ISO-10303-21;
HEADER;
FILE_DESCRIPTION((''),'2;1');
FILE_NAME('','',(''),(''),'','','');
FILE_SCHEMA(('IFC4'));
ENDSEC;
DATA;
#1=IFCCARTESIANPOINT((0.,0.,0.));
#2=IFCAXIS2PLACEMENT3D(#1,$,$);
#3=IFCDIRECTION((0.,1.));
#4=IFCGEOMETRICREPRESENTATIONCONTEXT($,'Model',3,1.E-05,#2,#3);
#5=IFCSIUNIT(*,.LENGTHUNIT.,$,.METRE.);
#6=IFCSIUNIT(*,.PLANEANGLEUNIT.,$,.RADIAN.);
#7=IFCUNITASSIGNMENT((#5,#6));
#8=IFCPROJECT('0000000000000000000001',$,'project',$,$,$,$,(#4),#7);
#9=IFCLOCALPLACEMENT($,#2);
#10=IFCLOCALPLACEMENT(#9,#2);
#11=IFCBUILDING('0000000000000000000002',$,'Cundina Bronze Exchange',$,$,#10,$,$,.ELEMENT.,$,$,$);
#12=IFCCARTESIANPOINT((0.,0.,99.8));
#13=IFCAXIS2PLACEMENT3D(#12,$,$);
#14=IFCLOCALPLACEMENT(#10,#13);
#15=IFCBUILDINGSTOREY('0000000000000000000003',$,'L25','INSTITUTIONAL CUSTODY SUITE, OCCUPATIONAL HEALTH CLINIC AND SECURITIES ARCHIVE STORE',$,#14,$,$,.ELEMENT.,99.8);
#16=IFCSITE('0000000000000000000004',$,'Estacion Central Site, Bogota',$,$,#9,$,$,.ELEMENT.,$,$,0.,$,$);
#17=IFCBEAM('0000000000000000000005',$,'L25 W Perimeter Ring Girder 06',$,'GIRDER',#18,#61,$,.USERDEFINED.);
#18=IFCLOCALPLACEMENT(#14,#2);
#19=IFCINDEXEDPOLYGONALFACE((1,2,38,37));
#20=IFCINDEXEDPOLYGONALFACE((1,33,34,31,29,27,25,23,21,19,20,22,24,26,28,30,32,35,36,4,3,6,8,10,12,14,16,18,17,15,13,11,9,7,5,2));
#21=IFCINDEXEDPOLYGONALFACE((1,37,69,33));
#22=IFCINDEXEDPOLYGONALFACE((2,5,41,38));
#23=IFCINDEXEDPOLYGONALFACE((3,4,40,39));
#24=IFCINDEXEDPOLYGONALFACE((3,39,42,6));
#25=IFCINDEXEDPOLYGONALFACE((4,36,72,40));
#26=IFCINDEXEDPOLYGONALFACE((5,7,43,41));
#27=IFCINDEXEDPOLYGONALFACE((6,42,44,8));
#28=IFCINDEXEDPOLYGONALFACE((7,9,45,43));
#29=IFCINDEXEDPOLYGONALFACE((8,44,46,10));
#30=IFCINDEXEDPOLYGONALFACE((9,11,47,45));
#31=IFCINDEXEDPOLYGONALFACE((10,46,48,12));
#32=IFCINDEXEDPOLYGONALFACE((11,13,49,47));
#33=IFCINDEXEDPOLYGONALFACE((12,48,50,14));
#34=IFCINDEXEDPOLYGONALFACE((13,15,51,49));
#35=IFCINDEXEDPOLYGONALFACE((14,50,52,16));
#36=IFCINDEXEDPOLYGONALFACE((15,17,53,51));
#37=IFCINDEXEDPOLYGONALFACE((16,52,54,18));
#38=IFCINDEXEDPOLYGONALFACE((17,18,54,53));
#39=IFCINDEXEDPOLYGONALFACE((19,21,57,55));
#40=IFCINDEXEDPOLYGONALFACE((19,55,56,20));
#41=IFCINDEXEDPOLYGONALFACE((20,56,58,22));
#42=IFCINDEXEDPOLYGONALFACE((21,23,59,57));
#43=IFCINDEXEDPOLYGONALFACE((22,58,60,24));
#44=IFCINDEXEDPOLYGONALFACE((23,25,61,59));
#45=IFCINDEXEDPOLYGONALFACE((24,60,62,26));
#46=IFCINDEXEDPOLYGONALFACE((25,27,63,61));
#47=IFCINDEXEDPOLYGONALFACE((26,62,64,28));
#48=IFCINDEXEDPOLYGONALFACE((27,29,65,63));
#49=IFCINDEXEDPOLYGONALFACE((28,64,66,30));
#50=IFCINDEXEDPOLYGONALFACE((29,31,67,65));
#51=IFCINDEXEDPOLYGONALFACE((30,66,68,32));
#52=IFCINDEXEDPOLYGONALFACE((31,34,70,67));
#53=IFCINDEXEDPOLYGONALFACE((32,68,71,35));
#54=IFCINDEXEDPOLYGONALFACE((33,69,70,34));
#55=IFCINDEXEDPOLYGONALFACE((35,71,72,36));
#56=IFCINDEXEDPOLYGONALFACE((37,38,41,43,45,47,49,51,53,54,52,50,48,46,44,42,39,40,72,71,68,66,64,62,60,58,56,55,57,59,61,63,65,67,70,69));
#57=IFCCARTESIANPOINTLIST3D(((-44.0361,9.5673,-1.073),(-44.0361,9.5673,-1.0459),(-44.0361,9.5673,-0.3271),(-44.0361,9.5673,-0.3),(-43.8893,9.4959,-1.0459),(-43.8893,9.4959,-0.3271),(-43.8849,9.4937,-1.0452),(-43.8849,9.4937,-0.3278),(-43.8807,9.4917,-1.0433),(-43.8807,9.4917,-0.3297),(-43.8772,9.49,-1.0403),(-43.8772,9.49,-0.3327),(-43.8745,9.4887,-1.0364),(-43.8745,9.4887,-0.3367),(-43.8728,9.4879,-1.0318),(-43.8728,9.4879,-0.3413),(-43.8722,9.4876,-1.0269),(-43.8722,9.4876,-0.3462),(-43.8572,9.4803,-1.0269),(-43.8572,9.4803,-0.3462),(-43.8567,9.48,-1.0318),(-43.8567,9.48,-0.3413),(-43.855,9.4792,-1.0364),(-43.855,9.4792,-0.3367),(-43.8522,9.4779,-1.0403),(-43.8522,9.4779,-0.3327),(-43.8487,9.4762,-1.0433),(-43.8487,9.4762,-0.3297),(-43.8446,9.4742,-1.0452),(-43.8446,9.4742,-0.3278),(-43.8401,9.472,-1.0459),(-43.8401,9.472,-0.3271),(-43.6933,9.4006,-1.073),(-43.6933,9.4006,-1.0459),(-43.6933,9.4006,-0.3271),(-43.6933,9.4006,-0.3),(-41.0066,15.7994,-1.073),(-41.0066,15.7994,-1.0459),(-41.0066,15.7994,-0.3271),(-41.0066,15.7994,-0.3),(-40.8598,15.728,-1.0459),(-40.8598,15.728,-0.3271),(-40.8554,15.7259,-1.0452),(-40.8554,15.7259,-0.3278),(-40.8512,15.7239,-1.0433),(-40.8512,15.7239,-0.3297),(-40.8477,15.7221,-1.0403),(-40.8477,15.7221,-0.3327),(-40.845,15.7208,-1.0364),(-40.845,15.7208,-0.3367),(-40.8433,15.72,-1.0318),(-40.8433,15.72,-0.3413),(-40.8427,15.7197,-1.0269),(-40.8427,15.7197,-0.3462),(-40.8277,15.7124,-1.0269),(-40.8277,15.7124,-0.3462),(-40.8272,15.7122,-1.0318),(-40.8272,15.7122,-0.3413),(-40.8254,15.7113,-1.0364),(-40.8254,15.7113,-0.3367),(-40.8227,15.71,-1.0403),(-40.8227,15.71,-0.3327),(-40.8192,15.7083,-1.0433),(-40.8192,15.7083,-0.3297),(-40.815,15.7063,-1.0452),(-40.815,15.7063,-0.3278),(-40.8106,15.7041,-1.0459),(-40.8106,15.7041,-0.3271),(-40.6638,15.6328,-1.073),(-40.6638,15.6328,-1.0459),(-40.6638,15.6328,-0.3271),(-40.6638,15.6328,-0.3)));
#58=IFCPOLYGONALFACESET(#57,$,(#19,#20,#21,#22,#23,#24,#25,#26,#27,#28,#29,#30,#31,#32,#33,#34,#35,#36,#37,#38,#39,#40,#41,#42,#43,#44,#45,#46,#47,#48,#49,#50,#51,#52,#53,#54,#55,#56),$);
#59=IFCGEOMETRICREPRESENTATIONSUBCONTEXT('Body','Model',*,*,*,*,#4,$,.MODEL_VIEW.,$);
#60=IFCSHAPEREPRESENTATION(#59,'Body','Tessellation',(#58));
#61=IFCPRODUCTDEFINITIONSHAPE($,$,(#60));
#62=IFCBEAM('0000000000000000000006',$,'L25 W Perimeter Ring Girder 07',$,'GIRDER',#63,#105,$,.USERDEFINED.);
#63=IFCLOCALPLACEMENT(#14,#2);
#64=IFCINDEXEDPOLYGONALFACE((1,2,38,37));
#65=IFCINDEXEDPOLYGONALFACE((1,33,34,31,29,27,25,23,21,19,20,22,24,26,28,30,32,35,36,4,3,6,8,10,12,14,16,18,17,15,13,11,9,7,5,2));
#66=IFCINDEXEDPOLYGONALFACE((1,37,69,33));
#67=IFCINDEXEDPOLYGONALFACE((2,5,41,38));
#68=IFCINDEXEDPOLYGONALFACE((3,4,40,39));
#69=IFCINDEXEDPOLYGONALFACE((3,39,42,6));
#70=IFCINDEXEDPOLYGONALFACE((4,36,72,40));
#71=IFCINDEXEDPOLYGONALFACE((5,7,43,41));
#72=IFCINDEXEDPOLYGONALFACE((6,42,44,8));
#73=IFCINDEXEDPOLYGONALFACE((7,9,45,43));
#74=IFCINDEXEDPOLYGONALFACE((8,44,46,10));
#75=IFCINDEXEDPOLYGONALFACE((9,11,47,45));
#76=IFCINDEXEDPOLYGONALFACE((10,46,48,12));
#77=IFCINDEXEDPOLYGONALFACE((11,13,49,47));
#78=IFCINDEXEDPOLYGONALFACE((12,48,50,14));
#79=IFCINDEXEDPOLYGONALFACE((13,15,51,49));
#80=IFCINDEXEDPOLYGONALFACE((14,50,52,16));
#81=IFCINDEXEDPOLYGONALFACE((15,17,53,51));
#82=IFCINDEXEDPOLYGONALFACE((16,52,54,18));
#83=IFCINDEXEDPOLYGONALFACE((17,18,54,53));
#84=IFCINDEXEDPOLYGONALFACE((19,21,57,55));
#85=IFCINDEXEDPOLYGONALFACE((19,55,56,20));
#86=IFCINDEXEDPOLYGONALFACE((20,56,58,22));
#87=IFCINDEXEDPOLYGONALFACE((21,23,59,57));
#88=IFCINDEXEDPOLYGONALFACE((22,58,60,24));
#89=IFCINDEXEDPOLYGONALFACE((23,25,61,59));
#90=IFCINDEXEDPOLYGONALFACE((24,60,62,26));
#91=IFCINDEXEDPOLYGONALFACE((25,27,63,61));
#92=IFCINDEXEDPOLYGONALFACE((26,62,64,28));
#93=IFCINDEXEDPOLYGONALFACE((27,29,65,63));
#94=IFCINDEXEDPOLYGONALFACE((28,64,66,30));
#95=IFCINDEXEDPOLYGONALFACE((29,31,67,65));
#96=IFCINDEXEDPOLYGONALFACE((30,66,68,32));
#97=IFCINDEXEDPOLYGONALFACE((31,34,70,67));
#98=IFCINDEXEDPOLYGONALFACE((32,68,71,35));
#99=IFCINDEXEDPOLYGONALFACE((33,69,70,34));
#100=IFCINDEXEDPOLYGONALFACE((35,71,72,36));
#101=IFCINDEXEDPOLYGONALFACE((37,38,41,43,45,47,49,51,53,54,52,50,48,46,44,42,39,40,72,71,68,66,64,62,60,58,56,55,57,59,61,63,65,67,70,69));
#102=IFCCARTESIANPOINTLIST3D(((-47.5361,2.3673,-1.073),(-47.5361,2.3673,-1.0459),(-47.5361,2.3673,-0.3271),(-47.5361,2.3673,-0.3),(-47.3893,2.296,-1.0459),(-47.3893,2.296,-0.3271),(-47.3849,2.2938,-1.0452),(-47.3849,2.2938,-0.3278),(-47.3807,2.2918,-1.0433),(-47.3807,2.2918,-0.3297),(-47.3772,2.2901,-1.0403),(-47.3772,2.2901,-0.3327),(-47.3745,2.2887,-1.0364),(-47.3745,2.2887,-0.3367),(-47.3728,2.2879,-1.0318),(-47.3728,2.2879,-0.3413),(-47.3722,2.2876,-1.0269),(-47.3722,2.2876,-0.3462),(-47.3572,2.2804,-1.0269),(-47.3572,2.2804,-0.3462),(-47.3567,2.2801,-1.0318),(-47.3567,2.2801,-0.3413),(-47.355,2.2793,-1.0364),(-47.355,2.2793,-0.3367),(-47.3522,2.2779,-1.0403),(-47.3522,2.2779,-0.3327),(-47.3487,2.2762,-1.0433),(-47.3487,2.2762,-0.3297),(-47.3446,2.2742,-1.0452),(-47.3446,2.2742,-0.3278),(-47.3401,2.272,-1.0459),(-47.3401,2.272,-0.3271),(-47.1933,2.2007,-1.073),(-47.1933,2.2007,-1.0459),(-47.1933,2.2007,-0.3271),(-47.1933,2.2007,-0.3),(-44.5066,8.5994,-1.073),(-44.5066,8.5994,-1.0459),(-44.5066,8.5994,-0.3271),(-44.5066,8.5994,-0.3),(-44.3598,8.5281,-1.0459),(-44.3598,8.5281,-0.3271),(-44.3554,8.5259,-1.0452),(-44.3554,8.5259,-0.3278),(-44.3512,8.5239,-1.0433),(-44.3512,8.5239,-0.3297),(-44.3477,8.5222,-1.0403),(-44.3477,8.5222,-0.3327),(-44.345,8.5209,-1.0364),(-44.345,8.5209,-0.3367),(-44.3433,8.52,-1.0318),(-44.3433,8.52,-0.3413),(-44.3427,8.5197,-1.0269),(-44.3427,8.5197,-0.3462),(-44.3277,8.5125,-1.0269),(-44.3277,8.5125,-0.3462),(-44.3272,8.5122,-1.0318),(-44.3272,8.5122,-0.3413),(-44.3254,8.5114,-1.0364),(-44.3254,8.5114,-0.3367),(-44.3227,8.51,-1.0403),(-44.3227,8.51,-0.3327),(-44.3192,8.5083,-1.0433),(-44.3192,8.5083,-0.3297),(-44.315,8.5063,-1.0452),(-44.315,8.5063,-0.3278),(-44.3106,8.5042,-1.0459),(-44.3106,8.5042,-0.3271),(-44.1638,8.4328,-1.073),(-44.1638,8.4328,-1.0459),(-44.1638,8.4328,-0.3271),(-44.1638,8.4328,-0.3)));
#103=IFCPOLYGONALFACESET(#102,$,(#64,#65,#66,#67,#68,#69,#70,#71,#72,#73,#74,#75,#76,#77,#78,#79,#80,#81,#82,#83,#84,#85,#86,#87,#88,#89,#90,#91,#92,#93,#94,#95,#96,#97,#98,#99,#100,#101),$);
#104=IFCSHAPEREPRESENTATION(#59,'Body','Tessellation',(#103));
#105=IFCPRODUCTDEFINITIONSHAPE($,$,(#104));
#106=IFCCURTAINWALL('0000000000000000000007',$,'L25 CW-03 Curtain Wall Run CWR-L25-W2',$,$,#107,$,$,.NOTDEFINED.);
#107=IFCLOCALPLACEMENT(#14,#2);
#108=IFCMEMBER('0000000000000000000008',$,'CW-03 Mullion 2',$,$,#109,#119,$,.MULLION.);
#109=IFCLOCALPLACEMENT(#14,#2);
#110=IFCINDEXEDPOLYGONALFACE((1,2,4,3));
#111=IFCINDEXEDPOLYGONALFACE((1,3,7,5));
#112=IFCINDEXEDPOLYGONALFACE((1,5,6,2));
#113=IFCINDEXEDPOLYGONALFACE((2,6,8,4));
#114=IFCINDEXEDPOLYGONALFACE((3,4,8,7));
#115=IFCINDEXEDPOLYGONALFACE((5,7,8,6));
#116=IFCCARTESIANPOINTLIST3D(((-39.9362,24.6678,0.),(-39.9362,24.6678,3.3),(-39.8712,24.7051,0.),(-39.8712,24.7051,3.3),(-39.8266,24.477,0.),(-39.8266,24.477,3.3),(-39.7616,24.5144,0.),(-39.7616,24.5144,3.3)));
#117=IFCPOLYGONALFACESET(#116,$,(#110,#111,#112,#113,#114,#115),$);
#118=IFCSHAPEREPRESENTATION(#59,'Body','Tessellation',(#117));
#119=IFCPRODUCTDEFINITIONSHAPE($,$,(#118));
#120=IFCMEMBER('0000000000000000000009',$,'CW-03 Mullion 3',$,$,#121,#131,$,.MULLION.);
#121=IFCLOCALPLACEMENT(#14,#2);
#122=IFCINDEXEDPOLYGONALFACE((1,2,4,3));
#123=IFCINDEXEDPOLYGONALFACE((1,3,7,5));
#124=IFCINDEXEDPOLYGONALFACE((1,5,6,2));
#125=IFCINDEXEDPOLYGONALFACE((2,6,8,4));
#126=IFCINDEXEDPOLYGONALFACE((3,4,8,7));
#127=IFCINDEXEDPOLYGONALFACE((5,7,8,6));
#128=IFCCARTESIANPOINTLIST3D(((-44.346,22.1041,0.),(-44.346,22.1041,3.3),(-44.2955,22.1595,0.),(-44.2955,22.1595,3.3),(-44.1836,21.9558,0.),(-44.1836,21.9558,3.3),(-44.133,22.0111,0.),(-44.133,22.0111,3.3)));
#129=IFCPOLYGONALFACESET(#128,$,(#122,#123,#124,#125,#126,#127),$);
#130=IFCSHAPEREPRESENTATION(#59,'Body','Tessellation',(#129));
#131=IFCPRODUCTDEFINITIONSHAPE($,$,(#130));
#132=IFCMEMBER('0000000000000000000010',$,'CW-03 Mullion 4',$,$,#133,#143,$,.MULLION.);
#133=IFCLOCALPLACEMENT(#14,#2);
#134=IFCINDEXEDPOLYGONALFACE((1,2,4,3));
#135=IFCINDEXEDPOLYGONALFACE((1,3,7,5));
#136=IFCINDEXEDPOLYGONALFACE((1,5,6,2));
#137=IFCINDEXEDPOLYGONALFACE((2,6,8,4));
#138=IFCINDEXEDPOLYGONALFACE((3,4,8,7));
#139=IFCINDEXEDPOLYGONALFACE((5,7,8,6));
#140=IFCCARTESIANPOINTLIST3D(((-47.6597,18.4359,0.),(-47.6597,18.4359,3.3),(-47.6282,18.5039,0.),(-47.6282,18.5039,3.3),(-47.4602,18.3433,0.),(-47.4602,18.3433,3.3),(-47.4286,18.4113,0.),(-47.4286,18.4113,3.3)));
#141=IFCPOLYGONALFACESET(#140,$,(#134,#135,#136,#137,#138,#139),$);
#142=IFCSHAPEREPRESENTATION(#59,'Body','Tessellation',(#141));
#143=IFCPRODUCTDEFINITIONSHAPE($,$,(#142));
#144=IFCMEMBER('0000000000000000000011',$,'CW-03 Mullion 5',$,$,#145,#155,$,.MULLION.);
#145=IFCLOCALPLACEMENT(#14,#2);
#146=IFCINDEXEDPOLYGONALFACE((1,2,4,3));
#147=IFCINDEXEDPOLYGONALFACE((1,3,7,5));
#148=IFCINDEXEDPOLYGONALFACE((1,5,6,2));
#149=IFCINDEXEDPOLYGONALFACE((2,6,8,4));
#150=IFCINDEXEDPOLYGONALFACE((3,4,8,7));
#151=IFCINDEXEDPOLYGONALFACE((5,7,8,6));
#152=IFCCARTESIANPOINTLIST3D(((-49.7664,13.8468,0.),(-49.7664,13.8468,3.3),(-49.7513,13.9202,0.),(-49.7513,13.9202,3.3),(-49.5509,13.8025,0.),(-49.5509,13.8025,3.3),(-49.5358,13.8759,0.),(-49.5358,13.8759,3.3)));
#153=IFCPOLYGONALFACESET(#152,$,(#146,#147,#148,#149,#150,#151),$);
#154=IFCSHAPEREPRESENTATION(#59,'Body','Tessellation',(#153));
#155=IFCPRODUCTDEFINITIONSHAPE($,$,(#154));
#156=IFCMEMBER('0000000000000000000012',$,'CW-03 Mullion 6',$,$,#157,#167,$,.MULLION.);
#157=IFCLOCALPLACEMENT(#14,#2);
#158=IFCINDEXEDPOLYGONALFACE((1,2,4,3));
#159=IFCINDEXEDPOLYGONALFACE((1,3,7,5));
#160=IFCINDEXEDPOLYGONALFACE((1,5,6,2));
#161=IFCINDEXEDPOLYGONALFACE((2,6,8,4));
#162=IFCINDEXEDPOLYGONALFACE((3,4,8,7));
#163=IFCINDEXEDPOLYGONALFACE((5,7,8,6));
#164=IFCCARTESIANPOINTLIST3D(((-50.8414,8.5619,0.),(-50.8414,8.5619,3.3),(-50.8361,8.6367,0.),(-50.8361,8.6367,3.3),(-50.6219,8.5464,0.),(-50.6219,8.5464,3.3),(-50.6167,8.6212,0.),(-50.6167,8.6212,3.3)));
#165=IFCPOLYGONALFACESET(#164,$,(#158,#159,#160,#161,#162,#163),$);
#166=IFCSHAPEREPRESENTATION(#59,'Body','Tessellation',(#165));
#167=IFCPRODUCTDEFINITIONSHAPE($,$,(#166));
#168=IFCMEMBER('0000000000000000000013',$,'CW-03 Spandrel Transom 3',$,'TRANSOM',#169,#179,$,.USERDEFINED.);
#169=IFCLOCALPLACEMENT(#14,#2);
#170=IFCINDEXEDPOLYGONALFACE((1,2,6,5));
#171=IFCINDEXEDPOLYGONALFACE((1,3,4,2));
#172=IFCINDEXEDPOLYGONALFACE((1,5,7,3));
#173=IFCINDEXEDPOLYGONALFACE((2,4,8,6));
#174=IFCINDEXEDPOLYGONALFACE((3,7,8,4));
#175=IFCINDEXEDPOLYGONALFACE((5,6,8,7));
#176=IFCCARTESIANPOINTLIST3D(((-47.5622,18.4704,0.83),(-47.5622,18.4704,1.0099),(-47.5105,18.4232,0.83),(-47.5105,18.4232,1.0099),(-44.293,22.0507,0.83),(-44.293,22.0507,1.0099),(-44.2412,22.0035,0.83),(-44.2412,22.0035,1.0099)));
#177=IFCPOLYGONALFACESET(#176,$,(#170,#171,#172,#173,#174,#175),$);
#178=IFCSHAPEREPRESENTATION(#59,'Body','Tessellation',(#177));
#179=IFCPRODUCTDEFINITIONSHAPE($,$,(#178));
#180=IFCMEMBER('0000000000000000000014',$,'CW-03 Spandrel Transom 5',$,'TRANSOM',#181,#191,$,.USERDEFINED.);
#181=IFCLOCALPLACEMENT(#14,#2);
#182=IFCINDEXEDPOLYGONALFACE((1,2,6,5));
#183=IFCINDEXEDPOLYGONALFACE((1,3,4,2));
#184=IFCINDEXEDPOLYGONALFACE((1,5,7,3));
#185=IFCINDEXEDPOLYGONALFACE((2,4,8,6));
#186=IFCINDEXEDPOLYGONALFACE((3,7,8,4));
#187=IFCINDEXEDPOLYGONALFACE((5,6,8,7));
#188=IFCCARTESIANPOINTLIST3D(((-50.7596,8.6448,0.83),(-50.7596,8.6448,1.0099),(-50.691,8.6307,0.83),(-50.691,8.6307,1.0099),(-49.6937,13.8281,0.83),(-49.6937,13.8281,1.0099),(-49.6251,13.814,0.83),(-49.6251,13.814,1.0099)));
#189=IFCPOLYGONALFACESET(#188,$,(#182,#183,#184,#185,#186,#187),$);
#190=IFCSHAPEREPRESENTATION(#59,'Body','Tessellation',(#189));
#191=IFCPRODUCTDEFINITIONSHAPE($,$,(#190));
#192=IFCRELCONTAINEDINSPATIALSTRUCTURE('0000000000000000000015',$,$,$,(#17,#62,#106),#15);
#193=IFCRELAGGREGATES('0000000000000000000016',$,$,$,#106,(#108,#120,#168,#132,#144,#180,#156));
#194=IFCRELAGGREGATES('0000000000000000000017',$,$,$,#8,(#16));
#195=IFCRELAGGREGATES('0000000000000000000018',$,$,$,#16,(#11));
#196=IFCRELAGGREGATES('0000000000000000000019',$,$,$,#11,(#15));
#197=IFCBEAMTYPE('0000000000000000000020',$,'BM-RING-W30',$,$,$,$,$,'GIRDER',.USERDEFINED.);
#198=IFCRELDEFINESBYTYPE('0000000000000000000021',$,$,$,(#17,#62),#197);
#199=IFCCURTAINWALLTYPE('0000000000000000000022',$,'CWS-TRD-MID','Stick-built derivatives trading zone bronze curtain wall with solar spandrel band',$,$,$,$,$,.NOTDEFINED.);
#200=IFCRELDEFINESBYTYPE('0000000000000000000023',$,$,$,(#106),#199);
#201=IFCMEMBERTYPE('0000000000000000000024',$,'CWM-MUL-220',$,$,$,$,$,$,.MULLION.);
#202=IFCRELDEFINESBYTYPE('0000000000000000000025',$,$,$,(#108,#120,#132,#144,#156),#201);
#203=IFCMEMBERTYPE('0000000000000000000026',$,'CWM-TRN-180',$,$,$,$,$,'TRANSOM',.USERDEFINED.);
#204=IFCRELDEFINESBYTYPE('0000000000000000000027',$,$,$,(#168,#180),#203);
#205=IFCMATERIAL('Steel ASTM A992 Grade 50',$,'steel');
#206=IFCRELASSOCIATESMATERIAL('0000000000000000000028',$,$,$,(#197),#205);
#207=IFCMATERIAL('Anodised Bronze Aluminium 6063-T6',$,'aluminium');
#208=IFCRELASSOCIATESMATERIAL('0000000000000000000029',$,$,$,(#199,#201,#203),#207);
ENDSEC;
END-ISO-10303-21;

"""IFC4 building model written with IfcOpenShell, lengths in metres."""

from ifc_helpers import new_model, si_unit, direction, frame, origin, origin_2d, place, context, subcontext, project, spatial, rectangle, i_section, extrude, material, material_profile, profile_set, type_object, element, aggregate, save


model = new_model("IFC4")

# Units and contexts
model_context = context("Model", 3, precision=1e-05, world=origin(), true_north=direction((0.0, 1.0)))
body_context = subcontext(model_context, "Body", "Model", "MODEL_VIEW")
ifc_project = project(units=[si_unit("LENGTHUNIT", "METRE"), si_unit("PLANEANGLEUNIT", "RADIAN")], contexts=[model_context])

# Site, building, storey
site_placement = place(None, origin())
site = spatial("IfcSite", under=ifc_project, at=site_placement, Name="Estacion Central Site, Bogota", CompositionType="ELEMENT", RefElevation=0.0)
building_placement = place(site_placement, origin())
building = spatial("IfcBuilding", under=site, at=building_placement, Name="Cundina Bronze Exchange", CompositionType="ELEMENT")
storey_placement = place(building_placement, frame((0.0, 0.0, 99.8)))
storey = spatial("IfcBuildingStorey", under=building, at=storey_placement, Name="L25", Description="INSTITUTIONAL CUSTODY SUITE, OCCUPATIONAL HEALTH CLINIC AND SECURITIES ARCHIVE STORE", CompositionType="ELEMENT", Elevation=99.8)

# Beams
ifc_material_1 = material(Name="Steel ASTM A992 Grade 50", Category="steel")
ifc_material_profile_1 = material_profile(ifc_material_1, i_section(OverallWidth=0.3811, OverallDepth=0.7729, WebThickness=0.0166, FlangeThickness=0.0271, FilletRadius=0.019, at=origin_2d()), Name="W30X173", Category="steel")
ifc_profile_set_1 = profile_set([ifc_material_profile_1], Name="Steel ASTM A992 Grade 50")
beam_type_1 = type_object("IfcBeamType", Name="BM-RING-W30", ElementType="GIRDER", PredefinedType="USERDEFINED", material=ifc_profile_set_1)
for number, where, z_axis, x_axis, name in (
    (1, (-40.8352, 15.7161, -0.6865), (-0.437194, -0.899367, 0.0), (0.899367, -0.437194, 0.0), "L25 W Perimeter Ring Girder 06"),
    (2, (-44.3352, 8.5161, -0.6865), (-0.437194, -0.899367, 0.0), (0.899367, -0.437194, 0.0), "L25 W Perimeter Ring Girder 07"),
):
    element("IfcBeam", number, at=place(storey_placement, frame(where, z_axis=z_axis, x_axis=x_axis)), inside=storey, type_object=beam_type_1, Name=name, ObjectType="GIRDER", PredefinedType="USERDEFINED", context=body_context, shape_type="SweptSolid", body=[
        extrude(i_section(OverallWidth=0.3811, OverallDepth=0.7729, WebThickness=0.0166, FlangeThickness=0.0271, FilletRadius=0.019, at=origin_2d()), origin(), (0.0, 0.0, 1.0), 6.9294),
    ])

# Curtain wall, members
ifc_material_2 = material(Name="Anodised Bronze Aluminium 6063-T6", Category="aluminium")
curtain_wall_type = type_object("IfcCurtainWallType", Name="CWS-TRD-MID", Description="Stick-built derivatives trading zone bronze curtain wall with solar spandrel band", PredefinedType="NOTDEFINED", material=ifc_material_2)
curtain_wall_placement = place(storey_placement, origin())
curtain_wall = element("IfcCurtainWall", 3, at=curtain_wall_placement, inside=storey, type_object=curtain_wall_type, Name="L25 CW-03 Curtain Wall Run CWR-L25-W2", PredefinedType="NOTDEFINED")
ifc_material_profile_2 = material_profile(ifc_material_2, rectangle(XDim=0.075, YDim=0.22, at=origin_2d()), Name="AL75X220", Category="aluminium")
ifc_profile_set_2 = profile_set([ifc_material_profile_2], Name="Anodised Bronze Aluminium 6063-T6")
member_type_1 = type_object("IfcMemberType", Name="CWM-MUL-220", PredefinedType="MULLION", material=ifc_profile_set_2)
member_1_placement = place(storey_placement, frame((-39.8489, 24.5911, 0.0), z_axis=(0.0, 0.0, 1.0), x_axis=(-0.867071, -0.498185, 0.0)))
member_1 = element("IfcMember", 4, at=member_1_placement, type_object=member_type_1, Name="CW-03 Mullion 2", PredefinedType="MULLION", context=body_context, shape_type="SweptSolid", body=[
    extrude(rectangle(XDim=0.075, YDim=0.22, at=origin_2d()), origin(), (0.0, 0.0, 1.0), 3.3),
])
member_2_placement = place(storey_placement, frame((-44.2395, 22.0576, 0.0), z_axis=(0.0, 0.0, 1.0), x_axis=(-0.674302, -0.738455, 0.0)))
member_2 = element("IfcMember", 5, at=member_2_placement, type_object=member_type_1, Name="CW-03 Mullion 3", PredefinedType="MULLION", context=body_context, shape_type="SweptSolid", body=[
    extrude(rectangle(XDim=0.075, YDim=0.22, at=origin_2d()), origin(), (0.0, 0.0, 1.0), 3.3),
])
member_3_placement = place(storey_placement, frame((-47.5442, 18.4236, 0.0), z_axis=(0.0, 0.0, 1.0), x_axis=(-0.420877, -0.907117, 0.0)))
member_3 = element("IfcMember", 6, at=member_3_placement, type_object=member_type_1, Name="CW-03 Mullion 4", PredefinedType="MULLION", context=body_context, shape_type="SweptSolid", body=[
    extrude(rectangle(XDim=0.075, YDim=0.22, at=origin_2d()), origin(), (0.0, 0.0, 1.0), 3.3),
])
member_4_placement = place(storey_placement, frame((-49.6511, 13.8613, 0.0), z_axis=(0.0, 0.0, 1.0), x_axis=(-0.20142, -0.979505, 0.0)))
member_4 = element("IfcMember", 7, at=member_4_placement, type_object=member_type_1, Name="CW-03 Mullion 5", PredefinedType="MULLION", context=body_context, shape_type="SweptSolid", body=[
    extrude(rectangle(XDim=0.075, YDim=0.22, at=origin_2d()), origin(), (0.0, 0.0, 1.0), 3.3),
])
member_5_placement = place(storey_placement, frame((-50.729, 8.5916, 0.0), z_axis=(0.0, 0.0, 1.0), x_axis=(-0.070279, -0.997527, 0.0)))
member_5 = element("IfcMember", 8, at=member_5_placement, type_object=member_type_1, Name="CW-03 Mullion 6", PredefinedType="MULLION", context=body_context, shape_type="SweptSolid", body=[
    extrude(rectangle(XDim=0.075, YDim=0.22, at=origin_2d()), origin(), (0.0, 0.0, 1.0), 3.3),
])
ifc_material_profile_3 = material_profile(ifc_material_2, rectangle(XDim=0.0701, YDim=0.1799, at=origin_2d()), Name="AL70X180", Category="aluminium")
ifc_profile_set_3 = profile_set([ifc_material_profile_3], Name="Anodised Bronze Aluminium 6063-T6")
member_type_2 = type_object("IfcMemberType", Name="CWM-TRN-180", ElementType="TRANSOM", PredefinedType="USERDEFINED", material=ifc_profile_set_3)
member_6_placement = place(storey_placement, frame((-44.2671, 22.0271, 0.9199), z_axis=(-0.674303, -0.738455, 0.0), x_axis=(0.738455, -0.674303, 0.0)))
member_6 = element("IfcMember", 9, at=member_6_placement, type_object=member_type_2, Name="CW-03 Spandrel Transom 3", ObjectType="TRANSOM", PredefinedType="USERDEFINED", context=body_context, shape_type="SweptSolid", body=[
    extrude(rectangle(XDim=0.0701, YDim=0.1799, at=origin_2d()), origin(), (0.0, 0.0, 1.0), 4.8484),
])
member_7_placement = place(storey_placement, frame((-49.6594, 13.821, 0.9199), z_axis=(-0.201428, -0.979503, 0.0), x_axis=(0.979503, -0.201428, 0.0)))
member_7 = element("IfcMember", 10, at=member_7_placement, type_object=member_type_2, Name="CW-03 Spandrel Transom 5", ObjectType="TRANSOM", PredefinedType="USERDEFINED", context=body_context, shape_type="SweptSolid", body=[
    extrude(rectangle(XDim=0.0701, YDim=0.1799, at=origin_2d()), origin(), (0.0, 0.0, 1.0), 5.2917),
])
aggregate(curtain_wall, [member_1, member_2, member_6, member_3, member_4, member_7, member_5])

save(model, "model.ifc")
